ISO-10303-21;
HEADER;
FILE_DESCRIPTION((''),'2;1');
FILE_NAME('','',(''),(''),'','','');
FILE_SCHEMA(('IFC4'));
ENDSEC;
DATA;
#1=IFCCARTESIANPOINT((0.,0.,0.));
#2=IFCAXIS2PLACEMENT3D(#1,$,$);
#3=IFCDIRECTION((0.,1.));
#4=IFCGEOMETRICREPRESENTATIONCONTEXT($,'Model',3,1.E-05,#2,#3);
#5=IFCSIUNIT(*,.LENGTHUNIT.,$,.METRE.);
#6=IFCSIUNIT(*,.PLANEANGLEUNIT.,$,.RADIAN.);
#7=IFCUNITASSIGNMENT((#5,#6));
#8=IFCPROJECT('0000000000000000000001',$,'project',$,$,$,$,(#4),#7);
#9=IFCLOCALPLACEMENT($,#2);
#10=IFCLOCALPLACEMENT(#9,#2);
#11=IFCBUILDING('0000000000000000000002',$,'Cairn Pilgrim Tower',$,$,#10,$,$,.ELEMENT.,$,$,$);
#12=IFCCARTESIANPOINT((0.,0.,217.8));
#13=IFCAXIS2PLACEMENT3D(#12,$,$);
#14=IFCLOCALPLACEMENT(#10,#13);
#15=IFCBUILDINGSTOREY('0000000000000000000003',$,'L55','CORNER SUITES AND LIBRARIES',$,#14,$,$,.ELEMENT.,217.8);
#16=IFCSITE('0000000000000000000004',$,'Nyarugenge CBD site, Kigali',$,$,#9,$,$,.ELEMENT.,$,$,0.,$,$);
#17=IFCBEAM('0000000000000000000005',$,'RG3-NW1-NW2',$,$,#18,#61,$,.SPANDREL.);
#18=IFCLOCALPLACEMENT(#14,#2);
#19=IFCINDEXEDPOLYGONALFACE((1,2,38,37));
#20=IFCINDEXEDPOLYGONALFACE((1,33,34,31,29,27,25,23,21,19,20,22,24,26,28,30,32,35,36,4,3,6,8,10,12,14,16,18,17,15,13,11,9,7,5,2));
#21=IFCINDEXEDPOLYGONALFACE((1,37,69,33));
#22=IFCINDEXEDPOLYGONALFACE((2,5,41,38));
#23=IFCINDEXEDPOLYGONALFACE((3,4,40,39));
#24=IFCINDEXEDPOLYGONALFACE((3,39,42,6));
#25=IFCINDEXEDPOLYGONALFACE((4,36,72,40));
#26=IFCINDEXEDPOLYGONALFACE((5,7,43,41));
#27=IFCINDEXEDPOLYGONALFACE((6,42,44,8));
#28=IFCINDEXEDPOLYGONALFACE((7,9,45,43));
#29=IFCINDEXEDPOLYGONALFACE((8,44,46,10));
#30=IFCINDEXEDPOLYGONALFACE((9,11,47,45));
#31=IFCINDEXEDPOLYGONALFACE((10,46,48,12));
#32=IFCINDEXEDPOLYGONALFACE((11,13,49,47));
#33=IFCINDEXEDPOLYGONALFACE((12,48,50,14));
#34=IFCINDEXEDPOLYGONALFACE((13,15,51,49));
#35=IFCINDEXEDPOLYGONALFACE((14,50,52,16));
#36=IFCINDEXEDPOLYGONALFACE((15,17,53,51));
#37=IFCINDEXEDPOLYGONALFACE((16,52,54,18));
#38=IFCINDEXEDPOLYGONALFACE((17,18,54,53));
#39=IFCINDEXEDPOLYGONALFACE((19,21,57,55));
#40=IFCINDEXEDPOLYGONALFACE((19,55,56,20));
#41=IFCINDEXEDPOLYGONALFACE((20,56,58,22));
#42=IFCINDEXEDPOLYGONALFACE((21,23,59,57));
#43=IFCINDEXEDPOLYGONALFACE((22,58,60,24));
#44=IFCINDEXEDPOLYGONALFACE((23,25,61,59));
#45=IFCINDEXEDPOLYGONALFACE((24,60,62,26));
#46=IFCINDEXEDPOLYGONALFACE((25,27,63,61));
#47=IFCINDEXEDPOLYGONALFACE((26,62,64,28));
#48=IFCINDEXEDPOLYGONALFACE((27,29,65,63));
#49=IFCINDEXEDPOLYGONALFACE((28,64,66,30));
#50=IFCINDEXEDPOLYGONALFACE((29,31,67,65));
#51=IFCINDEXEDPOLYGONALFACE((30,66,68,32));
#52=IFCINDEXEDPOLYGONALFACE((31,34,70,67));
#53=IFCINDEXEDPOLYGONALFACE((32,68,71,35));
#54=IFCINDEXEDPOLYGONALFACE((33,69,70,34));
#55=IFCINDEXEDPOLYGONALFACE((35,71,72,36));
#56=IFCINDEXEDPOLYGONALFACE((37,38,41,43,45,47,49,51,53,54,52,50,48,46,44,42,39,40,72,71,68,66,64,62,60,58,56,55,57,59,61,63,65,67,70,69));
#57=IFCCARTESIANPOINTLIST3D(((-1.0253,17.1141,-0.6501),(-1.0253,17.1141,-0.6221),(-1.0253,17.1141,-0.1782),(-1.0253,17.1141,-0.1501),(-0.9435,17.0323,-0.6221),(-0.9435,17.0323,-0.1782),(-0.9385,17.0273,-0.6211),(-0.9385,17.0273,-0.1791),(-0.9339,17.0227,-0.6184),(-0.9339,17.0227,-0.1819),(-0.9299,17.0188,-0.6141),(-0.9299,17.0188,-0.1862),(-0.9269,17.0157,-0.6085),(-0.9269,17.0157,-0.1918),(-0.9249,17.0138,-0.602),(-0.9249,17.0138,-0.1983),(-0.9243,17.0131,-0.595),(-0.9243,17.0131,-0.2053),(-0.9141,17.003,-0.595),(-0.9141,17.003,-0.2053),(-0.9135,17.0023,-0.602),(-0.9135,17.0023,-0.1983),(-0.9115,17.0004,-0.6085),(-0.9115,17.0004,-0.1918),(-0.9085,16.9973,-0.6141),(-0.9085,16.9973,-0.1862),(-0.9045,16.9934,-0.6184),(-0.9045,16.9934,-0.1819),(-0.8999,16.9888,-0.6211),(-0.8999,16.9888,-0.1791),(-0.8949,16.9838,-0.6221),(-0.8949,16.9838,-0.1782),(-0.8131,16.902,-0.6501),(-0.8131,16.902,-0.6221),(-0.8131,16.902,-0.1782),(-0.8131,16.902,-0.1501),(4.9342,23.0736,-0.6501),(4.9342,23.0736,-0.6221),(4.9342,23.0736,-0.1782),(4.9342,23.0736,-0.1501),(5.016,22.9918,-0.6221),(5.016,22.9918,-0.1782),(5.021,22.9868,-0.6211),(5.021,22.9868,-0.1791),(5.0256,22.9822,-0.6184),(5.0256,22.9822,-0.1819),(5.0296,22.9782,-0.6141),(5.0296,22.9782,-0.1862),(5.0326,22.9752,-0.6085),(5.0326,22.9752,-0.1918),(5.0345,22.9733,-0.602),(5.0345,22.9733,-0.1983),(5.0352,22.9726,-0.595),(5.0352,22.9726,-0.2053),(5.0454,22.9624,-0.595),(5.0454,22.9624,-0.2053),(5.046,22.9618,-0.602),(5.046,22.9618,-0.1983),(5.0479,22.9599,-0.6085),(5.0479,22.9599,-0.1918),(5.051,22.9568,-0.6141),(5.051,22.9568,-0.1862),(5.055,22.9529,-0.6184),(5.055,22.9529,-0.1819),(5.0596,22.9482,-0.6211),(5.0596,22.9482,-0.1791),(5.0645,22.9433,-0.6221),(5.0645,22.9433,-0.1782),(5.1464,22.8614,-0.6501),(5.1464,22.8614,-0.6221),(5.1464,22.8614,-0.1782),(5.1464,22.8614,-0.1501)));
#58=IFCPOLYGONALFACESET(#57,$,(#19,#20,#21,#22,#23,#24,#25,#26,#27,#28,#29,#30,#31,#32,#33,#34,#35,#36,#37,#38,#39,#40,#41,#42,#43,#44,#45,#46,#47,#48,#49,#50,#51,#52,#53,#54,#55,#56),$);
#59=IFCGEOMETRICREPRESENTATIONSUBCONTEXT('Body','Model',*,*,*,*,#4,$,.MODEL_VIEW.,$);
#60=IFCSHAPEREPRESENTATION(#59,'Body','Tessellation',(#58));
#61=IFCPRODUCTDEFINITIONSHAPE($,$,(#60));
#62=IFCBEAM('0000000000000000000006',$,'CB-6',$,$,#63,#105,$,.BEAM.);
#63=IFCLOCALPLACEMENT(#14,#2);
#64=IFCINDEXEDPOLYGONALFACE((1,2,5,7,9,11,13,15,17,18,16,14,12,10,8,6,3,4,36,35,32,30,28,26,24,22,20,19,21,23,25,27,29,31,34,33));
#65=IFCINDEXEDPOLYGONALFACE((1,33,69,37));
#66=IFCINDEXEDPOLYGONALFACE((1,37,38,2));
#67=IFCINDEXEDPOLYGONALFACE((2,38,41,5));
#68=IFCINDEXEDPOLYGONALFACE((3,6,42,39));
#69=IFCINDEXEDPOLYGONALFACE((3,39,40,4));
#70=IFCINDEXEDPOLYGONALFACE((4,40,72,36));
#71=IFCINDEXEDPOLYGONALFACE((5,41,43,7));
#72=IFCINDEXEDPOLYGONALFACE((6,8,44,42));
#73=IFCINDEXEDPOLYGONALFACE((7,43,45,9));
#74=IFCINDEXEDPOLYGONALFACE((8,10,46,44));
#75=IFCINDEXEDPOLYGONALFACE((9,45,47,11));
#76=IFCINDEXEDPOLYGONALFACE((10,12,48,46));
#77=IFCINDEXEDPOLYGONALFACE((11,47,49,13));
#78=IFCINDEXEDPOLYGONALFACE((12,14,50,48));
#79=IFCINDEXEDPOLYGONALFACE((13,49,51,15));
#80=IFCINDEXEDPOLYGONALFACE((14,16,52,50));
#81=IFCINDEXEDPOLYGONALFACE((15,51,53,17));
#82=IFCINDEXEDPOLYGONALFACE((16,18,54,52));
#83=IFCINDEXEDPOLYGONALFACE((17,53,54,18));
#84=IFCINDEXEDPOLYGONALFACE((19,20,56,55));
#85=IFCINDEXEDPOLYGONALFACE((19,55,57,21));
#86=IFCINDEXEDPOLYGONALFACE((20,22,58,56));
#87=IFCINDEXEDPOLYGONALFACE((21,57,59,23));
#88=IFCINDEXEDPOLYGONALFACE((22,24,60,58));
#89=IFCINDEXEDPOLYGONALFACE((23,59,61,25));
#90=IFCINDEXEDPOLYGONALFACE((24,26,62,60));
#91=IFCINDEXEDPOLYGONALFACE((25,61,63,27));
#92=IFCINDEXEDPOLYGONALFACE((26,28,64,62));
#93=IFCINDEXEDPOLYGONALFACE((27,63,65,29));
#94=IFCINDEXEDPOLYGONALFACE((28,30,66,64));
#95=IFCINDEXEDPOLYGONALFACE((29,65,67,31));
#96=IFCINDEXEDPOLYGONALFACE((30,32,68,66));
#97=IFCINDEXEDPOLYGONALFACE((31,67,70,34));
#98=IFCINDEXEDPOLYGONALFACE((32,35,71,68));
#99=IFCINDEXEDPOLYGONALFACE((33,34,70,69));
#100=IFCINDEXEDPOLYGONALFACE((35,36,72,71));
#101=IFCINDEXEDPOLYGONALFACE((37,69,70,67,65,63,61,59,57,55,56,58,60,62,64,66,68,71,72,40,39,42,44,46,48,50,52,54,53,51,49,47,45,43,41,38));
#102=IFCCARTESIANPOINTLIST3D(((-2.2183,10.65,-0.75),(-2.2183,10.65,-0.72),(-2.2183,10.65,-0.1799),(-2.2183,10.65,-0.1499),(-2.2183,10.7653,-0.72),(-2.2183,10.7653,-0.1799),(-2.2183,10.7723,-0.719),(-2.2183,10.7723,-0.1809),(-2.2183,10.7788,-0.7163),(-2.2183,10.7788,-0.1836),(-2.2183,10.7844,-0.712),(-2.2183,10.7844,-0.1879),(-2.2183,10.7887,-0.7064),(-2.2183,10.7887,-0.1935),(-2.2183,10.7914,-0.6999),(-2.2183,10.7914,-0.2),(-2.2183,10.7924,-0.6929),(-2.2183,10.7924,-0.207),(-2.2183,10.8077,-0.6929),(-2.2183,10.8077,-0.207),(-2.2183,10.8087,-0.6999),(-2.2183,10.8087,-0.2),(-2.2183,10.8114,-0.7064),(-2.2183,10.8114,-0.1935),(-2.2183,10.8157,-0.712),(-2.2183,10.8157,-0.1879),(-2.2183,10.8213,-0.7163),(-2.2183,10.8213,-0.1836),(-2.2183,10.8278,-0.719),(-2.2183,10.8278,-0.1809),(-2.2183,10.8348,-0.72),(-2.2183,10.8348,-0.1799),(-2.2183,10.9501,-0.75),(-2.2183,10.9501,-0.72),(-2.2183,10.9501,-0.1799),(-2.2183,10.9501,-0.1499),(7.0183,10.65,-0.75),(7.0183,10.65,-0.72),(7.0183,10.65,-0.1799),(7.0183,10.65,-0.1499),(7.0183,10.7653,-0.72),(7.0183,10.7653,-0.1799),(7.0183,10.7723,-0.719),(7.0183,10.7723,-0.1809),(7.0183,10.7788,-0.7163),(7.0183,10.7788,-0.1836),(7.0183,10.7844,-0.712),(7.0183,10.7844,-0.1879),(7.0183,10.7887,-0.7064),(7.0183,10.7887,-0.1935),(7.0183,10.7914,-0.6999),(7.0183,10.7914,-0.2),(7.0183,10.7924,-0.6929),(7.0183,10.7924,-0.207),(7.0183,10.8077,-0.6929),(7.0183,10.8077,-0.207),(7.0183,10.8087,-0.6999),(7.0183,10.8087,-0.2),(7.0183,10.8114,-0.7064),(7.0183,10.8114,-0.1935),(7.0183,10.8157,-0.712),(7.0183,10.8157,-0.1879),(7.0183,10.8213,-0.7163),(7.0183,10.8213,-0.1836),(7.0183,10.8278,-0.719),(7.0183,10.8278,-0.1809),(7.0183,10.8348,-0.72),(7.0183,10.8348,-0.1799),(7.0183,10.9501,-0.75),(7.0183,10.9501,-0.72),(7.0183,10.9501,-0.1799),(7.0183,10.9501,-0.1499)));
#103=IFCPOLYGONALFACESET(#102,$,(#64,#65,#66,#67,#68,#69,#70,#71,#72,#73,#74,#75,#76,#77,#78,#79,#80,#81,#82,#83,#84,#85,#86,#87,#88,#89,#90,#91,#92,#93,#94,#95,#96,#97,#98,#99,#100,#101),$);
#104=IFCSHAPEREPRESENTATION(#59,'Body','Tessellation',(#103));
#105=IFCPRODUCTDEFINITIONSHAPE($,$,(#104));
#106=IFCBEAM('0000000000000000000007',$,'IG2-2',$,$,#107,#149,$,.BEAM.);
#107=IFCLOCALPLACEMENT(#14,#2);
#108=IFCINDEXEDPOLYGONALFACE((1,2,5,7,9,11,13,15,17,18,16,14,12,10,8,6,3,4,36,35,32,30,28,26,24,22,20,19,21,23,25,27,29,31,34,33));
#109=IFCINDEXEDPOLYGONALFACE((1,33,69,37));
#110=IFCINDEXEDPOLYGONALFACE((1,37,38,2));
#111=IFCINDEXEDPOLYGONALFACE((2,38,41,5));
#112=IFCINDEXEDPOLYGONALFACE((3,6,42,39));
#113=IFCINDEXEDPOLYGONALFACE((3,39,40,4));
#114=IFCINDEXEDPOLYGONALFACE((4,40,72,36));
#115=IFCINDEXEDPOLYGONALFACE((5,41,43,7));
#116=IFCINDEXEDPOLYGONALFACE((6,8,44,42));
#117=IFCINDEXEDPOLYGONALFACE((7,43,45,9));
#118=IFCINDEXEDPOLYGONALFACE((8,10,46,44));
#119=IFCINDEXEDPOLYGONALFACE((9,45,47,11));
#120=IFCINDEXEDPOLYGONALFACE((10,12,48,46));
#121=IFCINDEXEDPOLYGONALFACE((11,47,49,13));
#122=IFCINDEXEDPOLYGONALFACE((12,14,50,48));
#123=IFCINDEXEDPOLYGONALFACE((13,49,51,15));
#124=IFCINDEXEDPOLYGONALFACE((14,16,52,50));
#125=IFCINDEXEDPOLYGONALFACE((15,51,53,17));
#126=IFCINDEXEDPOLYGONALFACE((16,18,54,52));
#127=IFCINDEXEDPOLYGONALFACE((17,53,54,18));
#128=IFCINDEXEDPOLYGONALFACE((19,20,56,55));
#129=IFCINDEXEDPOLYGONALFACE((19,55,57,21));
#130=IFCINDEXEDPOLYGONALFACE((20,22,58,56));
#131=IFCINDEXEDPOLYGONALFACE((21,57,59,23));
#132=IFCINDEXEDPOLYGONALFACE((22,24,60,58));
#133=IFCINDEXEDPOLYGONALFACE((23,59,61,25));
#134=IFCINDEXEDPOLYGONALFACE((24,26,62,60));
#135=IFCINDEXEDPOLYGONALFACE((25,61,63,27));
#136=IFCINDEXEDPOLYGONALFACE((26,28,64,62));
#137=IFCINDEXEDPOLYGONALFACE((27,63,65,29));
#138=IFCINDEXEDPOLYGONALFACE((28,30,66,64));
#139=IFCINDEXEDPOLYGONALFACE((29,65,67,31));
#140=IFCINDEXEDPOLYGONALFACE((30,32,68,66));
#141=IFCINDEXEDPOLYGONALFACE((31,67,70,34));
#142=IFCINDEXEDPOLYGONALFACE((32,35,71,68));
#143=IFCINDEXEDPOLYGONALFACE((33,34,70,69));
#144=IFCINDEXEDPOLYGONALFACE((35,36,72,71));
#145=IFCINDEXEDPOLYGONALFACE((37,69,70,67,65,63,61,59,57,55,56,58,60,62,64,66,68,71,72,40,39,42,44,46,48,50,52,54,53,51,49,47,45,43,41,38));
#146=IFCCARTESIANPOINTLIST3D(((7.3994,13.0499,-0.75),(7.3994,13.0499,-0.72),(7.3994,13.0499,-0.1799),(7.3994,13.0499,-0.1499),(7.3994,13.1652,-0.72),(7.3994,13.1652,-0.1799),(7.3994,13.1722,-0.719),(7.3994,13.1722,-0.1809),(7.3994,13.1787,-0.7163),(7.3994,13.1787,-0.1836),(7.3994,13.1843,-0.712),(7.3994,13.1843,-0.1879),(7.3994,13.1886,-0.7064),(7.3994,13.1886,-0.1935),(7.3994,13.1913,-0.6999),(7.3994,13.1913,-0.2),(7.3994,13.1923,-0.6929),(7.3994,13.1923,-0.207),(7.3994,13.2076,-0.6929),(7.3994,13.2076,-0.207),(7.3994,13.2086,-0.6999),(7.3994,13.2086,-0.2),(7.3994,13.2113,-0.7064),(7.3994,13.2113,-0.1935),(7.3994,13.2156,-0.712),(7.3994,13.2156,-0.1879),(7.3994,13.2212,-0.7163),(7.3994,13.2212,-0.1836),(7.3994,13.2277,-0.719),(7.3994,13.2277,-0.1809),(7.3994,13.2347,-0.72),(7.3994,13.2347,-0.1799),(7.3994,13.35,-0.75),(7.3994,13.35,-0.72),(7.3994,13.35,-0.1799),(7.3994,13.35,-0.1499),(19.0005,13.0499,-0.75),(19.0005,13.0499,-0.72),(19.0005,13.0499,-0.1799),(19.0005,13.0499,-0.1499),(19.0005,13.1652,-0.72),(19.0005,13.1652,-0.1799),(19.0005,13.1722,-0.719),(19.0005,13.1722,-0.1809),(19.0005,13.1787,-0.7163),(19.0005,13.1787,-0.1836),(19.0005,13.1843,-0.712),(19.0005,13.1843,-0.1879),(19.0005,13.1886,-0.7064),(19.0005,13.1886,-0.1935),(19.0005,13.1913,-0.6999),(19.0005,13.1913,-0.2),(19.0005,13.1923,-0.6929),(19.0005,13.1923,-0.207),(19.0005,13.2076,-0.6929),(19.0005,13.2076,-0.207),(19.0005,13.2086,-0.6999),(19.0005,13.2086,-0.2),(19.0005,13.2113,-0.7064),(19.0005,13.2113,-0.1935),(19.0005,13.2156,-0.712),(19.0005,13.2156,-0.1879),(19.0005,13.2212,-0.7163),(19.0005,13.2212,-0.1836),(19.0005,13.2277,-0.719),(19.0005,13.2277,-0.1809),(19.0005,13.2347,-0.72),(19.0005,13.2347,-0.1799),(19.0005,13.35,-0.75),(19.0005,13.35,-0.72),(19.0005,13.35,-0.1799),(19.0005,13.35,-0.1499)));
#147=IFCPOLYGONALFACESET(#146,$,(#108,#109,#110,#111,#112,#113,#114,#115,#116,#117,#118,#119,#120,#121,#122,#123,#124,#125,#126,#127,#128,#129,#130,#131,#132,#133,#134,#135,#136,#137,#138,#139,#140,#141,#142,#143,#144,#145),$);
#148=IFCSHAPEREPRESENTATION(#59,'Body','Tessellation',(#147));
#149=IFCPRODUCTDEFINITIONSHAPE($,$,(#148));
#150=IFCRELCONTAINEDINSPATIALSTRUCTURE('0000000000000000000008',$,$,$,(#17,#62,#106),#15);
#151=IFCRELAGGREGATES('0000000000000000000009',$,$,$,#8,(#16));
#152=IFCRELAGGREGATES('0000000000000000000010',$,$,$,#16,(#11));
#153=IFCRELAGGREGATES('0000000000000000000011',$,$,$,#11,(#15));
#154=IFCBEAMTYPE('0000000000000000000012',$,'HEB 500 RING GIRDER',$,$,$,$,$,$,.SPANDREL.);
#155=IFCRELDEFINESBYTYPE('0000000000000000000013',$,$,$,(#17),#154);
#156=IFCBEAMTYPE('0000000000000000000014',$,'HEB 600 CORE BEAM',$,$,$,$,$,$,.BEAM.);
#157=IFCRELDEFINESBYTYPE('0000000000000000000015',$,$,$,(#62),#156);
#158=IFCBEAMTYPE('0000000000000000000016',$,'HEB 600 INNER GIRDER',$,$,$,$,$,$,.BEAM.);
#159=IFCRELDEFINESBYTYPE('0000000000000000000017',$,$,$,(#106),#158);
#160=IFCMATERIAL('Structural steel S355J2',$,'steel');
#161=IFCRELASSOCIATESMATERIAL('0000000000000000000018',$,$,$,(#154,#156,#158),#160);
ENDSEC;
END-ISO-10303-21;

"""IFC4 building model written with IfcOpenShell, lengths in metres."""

from ifc_helpers import new_model, si_unit, direction, frame, origin, origin_2d, place, context, subcontext, project, spatial, i_section, extrude, material, material_profile, profile_set, type_object, element, save


model = new_model("IFC4")

# Units and contexts
model_context = context("Model", 3, precision=1e-05, world=origin(), true_north=direction((0.0, 1.0)))
body_context = subcontext(model_context, "Body", "Model", "MODEL_VIEW")
ifc_project = project(units=[si_unit("LENGTHUNIT", "METRE"), si_unit("PLANEANGLEUNIT", "RADIAN")], contexts=[model_context])

# Site, building, storey
site_placement = place(None, origin())
site = spatial("IfcSite", under=ifc_project, at=site_placement, Name="Nyarugenge CBD site, Kigali", CompositionType="ELEMENT", RefElevation=0.0)
building_placement = place(site_placement, origin())
building = spatial("IfcBuilding", under=site, at=building_placement, Name="Cairn Pilgrim Tower", CompositionType="ELEMENT")
storey_placement = place(building_placement, frame((0.0, 0.0, 217.8)))
storey = spatial("IfcBuildingStorey", under=building, at=storey_placement, Name="L55", Description="CORNER SUITES AND LIBRARIES", CompositionType="ELEMENT", Elevation=217.8)

# Shared definitions
ifc_material_1 = material(Name="Structural steel S355J2", Category="steel")

# Beams
ifc_material_profile_1 = material_profile(ifc_material_1, i_section(OverallWidth=0.3, OverallDepth=0.5, WebThickness=0.0144, FlangeThickness=0.0281, FilletRadius=0.0271, at=origin_2d()), Name="HEB 500")
ifc_profile_set_1 = profile_set([ifc_material_profile_1], Name="Structural steel S355J2")
beam_type_1 = type_object("IfcBeamType", Name="HEB 500 RING GIRDER", PredefinedType="SPANDREL", material=ifc_profile_set_1)
beam_1_placement = place(storey_placement, frame((5.0403, 22.9675, -0.4001), z_axis=(-0.707107, -0.707107, 0.0), x_axis=(0.707107, -0.707107, 0.0)))
element("IfcBeam", 1, at=beam_1_placement, inside=storey, type_object=beam_type_1, Name="RG3-NW1-NW2", PredefinedType="SPANDREL", context=body_context, shape_type="SweptSolid", body=[
    extrude(i_section(OverallWidth=0.3, OverallDepth=0.5, WebThickness=0.0144, FlangeThickness=0.0281, FilletRadius=0.0271, at=origin_2d()), origin(), (0.0, 0.0, 1.0), 8.428),
])
ifc_material_profile_2 = material_profile(ifc_material_1, i_section(OverallWidth=0.3, OverallDepth=0.6001, WebThickness=0.0154, FlangeThickness=0.03, FilletRadius=0.0271, at=origin_2d()), Name="HEB 600")
ifc_profile_set_2 = profile_set([ifc_material_profile_2], Name="Structural steel S355J2")
beam_type_2 = type_object("IfcBeamType", Name="HEB 600 CORE BEAM", PredefinedType="BEAM", material=ifc_profile_set_2)
beam_2_placement = place(storey_placement, frame((7.0183, 10.8, -0.45), z_axis=(-1.0, 0.0, 0.0), x_axis=(0.0, -1.0, 0.0)))
element("IfcBeam", 2, at=beam_2_placement, inside=storey, type_object=beam_type_2, Name="CB-6", PredefinedType="BEAM", context=body_context, shape_type="SweptSolid", body=[
    extrude(i_section(OverallWidth=0.3, OverallDepth=0.6001, WebThickness=0.0154, FlangeThickness=0.03, FilletRadius=0.0271, at=origin_2d()), origin(), (0.0, 0.0, 1.0), 9.2366),
])
ifc_material_profile_3 = material_profile(ifc_material_1, i_section(OverallWidth=0.3, OverallDepth=0.6001, WebThickness=0.0154, FlangeThickness=0.03, FilletRadius=0.0271, at=origin_2d()), Name="HEB 600")
ifc_profile_set_3 = profile_set([ifc_material_profile_3], Name="Structural steel S355J2")
beam_type_3 = type_object("IfcBeamType", Name="HEB 600 INNER GIRDER", PredefinedType="BEAM", material=ifc_profile_set_3)
beam_3_placement = place(storey_placement, frame((7.3994, 13.2, -0.45), z_axis=(1.0, 0.0, 0.0), x_axis=(0.0, 1.0, 0.0)))
element("IfcBeam", 3, at=beam_3_placement, inside=storey, type_object=beam_type_3, Name="IG2-2", PredefinedType="BEAM", context=body_context, shape_type="SweptSolid", body=[
    extrude(i_section(OverallWidth=0.3, OverallDepth=0.6001, WebThickness=0.0154, FlangeThickness=0.03, FilletRadius=0.0271, at=origin_2d()), origin(), (0.0, 0.0, 1.0), 11.6011),
])

save(model, "model.ifc")
